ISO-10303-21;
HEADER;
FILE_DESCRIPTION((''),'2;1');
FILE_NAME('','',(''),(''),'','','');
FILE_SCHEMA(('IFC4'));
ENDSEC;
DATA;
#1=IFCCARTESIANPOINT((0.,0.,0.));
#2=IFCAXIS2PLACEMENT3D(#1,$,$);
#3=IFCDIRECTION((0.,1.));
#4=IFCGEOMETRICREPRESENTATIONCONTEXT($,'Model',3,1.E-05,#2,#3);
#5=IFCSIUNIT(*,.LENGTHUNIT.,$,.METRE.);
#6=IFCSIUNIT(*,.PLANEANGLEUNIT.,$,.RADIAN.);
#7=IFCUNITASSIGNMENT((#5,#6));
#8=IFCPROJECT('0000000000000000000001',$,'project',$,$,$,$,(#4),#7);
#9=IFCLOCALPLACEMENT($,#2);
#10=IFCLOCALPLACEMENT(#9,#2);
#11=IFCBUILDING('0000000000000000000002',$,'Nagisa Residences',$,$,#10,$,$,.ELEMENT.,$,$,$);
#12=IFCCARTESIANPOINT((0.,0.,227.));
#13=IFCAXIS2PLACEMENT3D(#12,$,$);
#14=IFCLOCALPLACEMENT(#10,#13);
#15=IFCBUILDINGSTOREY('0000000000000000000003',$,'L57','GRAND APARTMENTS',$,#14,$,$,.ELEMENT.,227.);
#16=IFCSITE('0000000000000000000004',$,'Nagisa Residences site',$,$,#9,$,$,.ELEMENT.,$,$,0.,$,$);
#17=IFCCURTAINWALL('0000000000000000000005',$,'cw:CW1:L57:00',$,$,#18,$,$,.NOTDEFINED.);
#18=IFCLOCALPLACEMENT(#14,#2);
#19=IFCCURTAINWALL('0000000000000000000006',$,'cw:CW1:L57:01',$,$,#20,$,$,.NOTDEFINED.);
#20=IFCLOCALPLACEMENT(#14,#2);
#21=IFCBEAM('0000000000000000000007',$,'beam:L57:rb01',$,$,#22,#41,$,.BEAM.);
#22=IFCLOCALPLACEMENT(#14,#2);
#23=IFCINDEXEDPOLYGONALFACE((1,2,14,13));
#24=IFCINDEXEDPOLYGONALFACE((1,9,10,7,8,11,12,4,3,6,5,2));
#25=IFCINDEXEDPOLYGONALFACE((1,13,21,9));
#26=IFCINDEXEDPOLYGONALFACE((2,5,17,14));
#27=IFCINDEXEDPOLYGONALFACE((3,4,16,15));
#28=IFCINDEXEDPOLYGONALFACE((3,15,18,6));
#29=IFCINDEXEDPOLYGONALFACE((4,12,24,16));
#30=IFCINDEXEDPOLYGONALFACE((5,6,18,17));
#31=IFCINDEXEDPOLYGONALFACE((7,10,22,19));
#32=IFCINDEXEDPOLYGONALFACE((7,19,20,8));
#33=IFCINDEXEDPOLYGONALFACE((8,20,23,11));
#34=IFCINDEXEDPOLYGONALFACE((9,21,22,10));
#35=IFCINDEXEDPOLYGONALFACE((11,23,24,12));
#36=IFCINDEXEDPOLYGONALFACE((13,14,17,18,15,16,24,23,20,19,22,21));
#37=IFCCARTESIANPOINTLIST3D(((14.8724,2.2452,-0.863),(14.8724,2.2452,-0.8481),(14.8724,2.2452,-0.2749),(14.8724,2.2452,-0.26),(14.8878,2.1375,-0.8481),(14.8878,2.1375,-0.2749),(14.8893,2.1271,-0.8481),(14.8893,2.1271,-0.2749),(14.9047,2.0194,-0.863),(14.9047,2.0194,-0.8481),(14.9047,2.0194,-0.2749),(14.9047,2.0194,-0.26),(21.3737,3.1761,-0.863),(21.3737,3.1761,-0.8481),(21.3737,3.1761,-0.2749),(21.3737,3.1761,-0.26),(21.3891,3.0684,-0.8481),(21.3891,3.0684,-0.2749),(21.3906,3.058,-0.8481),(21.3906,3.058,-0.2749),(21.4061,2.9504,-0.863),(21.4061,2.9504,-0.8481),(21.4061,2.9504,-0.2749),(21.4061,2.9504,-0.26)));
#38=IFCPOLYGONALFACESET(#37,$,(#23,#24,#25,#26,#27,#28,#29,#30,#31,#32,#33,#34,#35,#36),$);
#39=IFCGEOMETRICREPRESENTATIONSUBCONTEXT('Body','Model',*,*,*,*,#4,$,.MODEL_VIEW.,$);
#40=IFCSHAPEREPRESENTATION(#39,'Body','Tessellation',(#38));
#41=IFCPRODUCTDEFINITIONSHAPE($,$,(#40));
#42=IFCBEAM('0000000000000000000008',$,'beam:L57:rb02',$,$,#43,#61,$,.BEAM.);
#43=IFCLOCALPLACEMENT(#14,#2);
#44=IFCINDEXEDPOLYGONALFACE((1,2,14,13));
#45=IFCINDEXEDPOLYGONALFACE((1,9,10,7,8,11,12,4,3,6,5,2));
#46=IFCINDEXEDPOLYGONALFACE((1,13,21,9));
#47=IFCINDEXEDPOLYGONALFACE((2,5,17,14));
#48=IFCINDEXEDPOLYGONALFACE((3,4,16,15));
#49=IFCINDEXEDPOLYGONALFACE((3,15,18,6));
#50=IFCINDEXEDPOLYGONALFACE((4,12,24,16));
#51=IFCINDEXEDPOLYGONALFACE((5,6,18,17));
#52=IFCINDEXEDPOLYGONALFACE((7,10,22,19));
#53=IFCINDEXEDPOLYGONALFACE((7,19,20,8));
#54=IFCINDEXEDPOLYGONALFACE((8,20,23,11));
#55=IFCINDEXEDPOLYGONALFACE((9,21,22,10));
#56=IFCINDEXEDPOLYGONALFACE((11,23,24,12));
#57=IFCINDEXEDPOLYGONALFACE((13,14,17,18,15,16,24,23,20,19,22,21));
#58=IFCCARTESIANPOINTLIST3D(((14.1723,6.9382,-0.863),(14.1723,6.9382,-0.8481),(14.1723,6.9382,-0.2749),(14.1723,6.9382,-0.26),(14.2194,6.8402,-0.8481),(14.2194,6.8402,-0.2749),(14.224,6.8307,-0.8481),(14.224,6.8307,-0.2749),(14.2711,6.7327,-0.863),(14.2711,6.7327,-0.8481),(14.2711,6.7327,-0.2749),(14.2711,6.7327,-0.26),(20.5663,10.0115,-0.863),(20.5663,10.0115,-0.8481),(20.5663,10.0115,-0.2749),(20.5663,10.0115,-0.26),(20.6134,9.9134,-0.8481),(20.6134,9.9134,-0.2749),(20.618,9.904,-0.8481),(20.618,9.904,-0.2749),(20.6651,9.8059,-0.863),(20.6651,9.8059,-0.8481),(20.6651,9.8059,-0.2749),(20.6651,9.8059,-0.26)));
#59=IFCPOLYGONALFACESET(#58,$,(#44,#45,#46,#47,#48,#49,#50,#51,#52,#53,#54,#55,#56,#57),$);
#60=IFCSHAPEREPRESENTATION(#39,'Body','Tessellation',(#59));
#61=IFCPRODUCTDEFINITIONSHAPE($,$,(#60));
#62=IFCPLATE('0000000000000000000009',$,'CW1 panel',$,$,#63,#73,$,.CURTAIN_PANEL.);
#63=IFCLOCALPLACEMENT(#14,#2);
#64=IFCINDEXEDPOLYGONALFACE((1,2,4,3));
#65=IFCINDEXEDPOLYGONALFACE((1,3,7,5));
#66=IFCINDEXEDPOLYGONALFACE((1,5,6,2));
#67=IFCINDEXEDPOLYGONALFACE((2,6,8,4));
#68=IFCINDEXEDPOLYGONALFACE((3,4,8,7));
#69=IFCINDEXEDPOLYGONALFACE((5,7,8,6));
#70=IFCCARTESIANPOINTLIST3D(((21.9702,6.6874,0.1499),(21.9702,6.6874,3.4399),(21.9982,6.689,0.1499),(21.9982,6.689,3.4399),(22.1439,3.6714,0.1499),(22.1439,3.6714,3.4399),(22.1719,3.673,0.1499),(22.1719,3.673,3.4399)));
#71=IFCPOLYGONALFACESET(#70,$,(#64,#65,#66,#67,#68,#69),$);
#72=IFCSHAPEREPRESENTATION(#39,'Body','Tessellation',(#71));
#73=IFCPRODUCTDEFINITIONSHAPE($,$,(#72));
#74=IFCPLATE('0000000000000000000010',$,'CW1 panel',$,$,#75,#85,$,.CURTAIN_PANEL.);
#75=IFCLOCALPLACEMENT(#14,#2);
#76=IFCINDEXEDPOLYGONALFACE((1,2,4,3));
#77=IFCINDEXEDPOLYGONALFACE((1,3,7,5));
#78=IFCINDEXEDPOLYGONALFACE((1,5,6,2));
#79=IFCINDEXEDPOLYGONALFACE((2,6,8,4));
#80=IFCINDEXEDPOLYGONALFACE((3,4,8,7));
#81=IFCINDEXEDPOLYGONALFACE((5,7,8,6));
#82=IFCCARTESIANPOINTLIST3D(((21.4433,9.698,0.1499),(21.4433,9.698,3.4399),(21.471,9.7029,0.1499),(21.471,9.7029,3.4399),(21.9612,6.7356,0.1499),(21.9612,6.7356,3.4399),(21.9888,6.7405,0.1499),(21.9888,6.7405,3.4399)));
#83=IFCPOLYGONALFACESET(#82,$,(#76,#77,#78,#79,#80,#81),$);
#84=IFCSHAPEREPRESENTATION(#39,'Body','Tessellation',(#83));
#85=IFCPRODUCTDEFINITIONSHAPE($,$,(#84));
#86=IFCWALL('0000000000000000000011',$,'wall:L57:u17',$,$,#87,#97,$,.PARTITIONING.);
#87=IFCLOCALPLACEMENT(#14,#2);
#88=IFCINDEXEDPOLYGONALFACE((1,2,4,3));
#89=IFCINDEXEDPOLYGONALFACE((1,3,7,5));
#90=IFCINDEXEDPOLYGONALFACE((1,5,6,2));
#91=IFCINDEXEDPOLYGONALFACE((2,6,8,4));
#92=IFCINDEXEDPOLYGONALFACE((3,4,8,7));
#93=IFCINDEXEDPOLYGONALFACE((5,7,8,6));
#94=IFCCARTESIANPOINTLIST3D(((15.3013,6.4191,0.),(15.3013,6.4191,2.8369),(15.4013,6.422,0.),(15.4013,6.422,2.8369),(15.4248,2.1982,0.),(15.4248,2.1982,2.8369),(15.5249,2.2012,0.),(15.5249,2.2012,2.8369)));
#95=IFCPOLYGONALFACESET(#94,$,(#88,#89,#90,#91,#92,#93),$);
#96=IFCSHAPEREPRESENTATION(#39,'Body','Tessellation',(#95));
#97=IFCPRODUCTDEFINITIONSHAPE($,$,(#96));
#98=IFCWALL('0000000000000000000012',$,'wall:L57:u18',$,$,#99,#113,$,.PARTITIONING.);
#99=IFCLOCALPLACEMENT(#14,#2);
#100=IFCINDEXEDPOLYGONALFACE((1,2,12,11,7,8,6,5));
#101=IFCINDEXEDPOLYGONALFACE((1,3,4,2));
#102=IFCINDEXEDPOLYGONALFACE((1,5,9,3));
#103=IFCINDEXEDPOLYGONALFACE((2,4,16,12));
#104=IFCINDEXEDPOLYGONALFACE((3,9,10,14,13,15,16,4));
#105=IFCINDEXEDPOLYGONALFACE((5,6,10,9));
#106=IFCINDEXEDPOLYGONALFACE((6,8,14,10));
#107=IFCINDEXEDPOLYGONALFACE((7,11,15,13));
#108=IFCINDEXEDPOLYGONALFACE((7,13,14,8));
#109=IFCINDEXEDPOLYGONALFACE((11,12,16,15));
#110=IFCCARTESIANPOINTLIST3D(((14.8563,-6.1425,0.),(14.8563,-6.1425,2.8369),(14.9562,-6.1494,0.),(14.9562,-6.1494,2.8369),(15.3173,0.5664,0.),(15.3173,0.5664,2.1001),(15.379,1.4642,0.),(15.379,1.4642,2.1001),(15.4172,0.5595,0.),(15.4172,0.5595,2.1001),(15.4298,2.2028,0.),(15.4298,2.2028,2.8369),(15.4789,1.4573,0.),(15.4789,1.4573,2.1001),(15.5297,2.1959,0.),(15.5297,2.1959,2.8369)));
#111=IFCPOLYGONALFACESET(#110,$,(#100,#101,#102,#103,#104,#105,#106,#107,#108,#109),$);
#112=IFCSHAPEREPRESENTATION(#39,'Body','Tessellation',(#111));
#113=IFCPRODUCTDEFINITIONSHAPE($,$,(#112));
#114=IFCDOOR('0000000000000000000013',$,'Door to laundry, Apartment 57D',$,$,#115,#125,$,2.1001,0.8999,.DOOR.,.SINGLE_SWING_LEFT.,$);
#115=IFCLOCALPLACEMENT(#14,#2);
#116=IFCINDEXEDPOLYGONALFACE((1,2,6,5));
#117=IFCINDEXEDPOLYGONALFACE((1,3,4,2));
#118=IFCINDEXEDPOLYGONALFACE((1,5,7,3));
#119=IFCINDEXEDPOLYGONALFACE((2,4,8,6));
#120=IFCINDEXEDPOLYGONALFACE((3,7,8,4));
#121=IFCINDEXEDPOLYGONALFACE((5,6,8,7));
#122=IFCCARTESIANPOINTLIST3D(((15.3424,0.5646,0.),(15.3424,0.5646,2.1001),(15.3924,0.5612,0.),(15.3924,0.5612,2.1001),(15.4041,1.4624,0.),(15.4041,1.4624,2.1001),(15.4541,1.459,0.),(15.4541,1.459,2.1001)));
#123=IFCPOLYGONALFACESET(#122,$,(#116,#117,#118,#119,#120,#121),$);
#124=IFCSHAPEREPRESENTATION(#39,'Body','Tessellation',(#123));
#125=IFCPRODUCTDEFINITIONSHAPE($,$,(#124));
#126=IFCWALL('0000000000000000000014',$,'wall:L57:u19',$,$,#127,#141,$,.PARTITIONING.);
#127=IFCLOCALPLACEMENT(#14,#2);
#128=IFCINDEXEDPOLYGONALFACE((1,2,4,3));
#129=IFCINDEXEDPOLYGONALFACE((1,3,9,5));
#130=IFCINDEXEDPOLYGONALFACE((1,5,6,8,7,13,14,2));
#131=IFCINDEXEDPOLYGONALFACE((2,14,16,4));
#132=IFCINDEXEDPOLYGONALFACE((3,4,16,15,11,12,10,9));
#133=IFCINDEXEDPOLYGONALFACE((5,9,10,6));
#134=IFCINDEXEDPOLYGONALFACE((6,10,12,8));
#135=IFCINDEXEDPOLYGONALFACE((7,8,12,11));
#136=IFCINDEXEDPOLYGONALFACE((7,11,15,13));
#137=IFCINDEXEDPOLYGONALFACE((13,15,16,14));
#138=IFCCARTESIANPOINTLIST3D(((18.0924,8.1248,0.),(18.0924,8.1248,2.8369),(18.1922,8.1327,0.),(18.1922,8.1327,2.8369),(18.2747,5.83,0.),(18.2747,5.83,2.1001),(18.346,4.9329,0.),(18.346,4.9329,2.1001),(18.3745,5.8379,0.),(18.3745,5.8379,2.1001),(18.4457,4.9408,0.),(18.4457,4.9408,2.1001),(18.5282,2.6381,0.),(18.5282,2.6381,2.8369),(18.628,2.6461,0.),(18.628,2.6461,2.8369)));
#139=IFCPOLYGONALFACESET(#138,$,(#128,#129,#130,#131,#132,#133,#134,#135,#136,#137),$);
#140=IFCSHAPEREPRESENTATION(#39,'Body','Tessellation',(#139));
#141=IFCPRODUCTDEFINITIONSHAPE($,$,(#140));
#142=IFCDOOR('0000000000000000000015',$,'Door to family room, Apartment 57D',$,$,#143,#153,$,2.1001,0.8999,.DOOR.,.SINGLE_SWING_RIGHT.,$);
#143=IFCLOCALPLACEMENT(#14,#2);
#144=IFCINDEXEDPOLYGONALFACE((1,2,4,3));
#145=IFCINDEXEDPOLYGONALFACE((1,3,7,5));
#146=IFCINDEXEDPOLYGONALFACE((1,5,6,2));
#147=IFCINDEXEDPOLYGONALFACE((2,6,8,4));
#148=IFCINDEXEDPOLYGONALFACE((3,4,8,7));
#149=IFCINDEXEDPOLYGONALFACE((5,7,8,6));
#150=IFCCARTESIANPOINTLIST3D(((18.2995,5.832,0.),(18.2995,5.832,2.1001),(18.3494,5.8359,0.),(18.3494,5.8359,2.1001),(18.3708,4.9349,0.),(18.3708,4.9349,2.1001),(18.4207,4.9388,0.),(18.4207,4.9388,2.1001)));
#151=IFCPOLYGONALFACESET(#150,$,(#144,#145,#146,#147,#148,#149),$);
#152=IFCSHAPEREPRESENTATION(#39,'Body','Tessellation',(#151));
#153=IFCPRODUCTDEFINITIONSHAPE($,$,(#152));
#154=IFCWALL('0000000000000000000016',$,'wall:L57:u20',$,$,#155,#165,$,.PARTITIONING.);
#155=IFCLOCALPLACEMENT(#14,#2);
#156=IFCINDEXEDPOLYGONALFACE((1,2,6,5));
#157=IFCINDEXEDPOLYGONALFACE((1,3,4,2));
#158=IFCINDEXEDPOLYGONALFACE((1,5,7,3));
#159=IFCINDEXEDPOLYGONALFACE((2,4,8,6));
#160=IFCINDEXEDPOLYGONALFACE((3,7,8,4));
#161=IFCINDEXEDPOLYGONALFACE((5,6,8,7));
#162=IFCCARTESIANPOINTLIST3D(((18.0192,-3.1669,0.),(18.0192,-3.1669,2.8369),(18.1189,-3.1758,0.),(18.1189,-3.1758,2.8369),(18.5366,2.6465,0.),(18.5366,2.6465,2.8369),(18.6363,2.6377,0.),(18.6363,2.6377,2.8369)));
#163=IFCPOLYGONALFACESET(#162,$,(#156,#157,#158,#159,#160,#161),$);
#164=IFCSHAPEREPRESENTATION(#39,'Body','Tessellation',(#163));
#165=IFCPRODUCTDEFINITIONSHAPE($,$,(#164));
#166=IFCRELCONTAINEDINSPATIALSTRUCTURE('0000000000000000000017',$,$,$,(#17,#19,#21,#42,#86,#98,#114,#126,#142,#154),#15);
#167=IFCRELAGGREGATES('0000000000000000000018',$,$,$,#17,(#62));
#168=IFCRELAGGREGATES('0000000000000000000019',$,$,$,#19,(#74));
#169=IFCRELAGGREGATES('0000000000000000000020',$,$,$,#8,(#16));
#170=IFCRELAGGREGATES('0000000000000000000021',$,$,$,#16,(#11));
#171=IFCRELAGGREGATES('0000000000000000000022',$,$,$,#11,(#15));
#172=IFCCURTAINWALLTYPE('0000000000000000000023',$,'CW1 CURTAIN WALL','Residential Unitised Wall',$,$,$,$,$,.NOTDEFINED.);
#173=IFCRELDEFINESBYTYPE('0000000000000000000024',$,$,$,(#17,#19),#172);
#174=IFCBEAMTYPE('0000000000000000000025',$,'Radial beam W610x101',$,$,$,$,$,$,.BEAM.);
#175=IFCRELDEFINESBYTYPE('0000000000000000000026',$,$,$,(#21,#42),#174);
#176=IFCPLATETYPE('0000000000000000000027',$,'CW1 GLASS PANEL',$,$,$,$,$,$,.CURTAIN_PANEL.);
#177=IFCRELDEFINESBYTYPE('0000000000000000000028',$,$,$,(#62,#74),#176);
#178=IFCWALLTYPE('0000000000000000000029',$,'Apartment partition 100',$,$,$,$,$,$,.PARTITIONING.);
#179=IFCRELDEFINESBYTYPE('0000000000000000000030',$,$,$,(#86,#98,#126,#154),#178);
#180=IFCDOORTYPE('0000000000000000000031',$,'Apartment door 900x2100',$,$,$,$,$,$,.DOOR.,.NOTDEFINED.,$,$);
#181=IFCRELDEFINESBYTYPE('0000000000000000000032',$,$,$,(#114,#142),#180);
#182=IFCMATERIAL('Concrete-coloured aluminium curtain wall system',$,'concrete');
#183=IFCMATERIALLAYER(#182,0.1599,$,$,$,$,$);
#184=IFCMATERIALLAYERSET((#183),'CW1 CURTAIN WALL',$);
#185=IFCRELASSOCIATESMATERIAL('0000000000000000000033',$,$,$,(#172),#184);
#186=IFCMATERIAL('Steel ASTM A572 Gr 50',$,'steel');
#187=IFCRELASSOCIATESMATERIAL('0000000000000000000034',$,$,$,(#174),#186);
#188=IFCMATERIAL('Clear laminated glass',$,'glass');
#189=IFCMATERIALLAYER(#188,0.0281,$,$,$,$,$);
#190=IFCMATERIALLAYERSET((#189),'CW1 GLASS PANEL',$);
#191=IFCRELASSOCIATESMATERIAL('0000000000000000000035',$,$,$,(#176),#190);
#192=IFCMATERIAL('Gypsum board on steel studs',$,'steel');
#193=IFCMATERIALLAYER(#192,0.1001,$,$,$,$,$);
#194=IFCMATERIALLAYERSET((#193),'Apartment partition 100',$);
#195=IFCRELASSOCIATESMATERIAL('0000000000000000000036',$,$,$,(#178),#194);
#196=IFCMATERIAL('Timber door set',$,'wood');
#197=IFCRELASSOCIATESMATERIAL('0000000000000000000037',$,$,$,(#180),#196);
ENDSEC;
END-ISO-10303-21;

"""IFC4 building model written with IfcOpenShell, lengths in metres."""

from ifc_helpers import new_model, si_unit, direction, frame, frame_2d, origin, origin_2d, place, context, subcontext, project, spatial, rectangle, i_section, extrude, material, layer, layer_set, material_profile, profile_set, type_object, element, fill, aggregate, save


model = new_model("IFC4")

# Units and contexts
model_context = context("Model", 3, precision=1e-05, world=origin(), true_north=direction((0.0, 1.0)))
body_context = subcontext(model_context, "Body", "Model", "MODEL_VIEW")
ifc_project = project(units=[si_unit("LENGTHUNIT", "METRE"), si_unit("PLANEANGLEUNIT", "RADIAN")], contexts=[model_context])

# Site, building, storey
site_placement = place(None, origin())
site = spatial("IfcSite", under=ifc_project, at=site_placement, Name="Nagisa Residences site", CompositionType="ELEMENT", RefElevation=0.0)
building_placement = place(site_placement, origin())
building = spatial("IfcBuilding", under=site, at=building_placement, Name="Nagisa Residences", CompositionType="ELEMENT")
storey_placement = place(building_placement, frame((0.0, 0.0, 227.0)))
storey = spatial("IfcBuildingStorey", under=building, at=storey_placement, Name="L57", Description="GRAND APARTMENTS", CompositionType="ELEMENT", Elevation=227.0)

# Curtain walls
ifc_material_1 = material(Name="Concrete-coloured aluminium curtain wall system", Category="concrete")
ifc_layer_1 = layer(ifc_material_1, 0.1599)
ifc_layer_set_1 = layer_set([ifc_layer_1], Name="CW1 CURTAIN WALL")
curtain_wall_type = type_object("IfcCurtainWallType", Name="CW1 CURTAIN WALL", Description="Residential Unitised Wall", PredefinedType="NOTDEFINED", material=ifc_layer_set_1)
curtain_wall_1_placement = place(storey_placement, origin())
curtain_wall_1 = element("IfcCurtainWall", 1, at=curtain_wall_1_placement, inside=storey, type_object=curtain_wall_type, Name="cw:CW1:L57:00", PredefinedType="NOTDEFINED")
curtain_wall_2_placement = place(storey_placement, origin())
curtain_wall_2 = element("IfcCurtainWall", 2, at=curtain_wall_2_placement, inside=storey, type_object=curtain_wall_type, Name="cw:CW1:L57:01", PredefinedType="NOTDEFINED")

# Beams
ifc_material_2 = material(Name="Steel ASTM A572 Gr 50", Category="steel")
ifc_material_profile_1 = material_profile(ifc_material_2, i_section(OverallWidth=0.228, OverallDepth=0.603, WebThickness=0.0105, FlangeThickness=0.0149, at=origin_2d()), Name="W610x101")
ifc_profile_set_1 = profile_set([ifc_material_profile_1], Name="Steel ASTM A572 Gr 50")
beam_type_1 = type_object("IfcBeamType", Name="Radial beam W610x101", PredefinedType="BEAM", material=ifc_profile_set_1)
beam_1_placement = place(storey_placement, frame((21.3899, 3.0632, -0.5615), z_axis=(-0.989903, -0.141744, 0.0), x_axis=(0.141744, -0.989903, 0.0)))
element("IfcBeam", 3, at=beam_1_placement, inside=storey, type_object=beam_type_1, Name="beam:L57:rb01", PredefinedType="BEAM", context=body_context, shape_type="SweptSolid", body=[
    extrude(i_section(OverallWidth=0.228, OverallDepth=0.603, WebThickness=0.0105, FlangeThickness=0.0149, at=origin_2d()), origin(), (0.0, 0.0, 1.0), 6.5676),
])
beam_2_placement = place(storey_placement, frame((20.6157, 9.9087, -0.5615), z_axis=(-0.901297, -0.433201, 0.0), x_axis=(0.433201, -0.901297, 0.0)))
element("IfcBeam", 4, at=beam_2_placement, inside=storey, type_object=beam_type_1, Name="beam:L57:rb02", PredefinedType="BEAM", context=body_context, shape_type="SweptSolid", body=[
    extrude(i_section(OverallWidth=0.228, OverallDepth=0.603, WebThickness=0.0105, FlangeThickness=0.0149, at=origin_2d()), origin(), (0.0, 0.0, 1.0), 7.0942),
])

# Plates
ifc_material_3 = material(Name="Clear laminated glass", Category="glass")
ifc_layer_2 = layer(ifc_material_3, 0.0281)
ifc_layer_set_2 = layer_set([ifc_layer_2], Name="CW1 GLASS PANEL")
plate_type = type_object("IfcPlateType", Name="CW1 GLASS PANEL", PredefinedType="CURTAIN_PANEL", material=ifc_layer_set_2)
plate_1_placement = place(storey_placement, frame((22.071, 5.1802, 0.1499), z_axis=(0.0, 0.0, 1.0), x_axis=(-0.057503, 0.998345, 0.0)))
plate_1 = element("IfcPlate", 5, at=plate_1_placement, type_object=plate_type, Name="CW1 panel", PredefinedType="CURTAIN_PANEL", context=body_context, shape_type="SweptSolid", body=[
    extrude(rectangle(XDim=3.021, YDim=0.0281, at=origin_2d()), origin(), (0.0, 0.0, 1.0), 3.29),
])
aggregate(curtain_wall_1, [plate_1])
plate_2_placement = place(storey_placement, frame((21.7161, 8.2192, 0.1499), z_axis=(0.0, 0.0, 1.0), x_axis=(-0.172191, 0.985064, 0.0)))
plate_2 = element("IfcPlate", 6, at=plate_2_placement, type_object=plate_type, Name="CW1 panel", PredefinedType="CURTAIN_PANEL", context=body_context, shape_type="SweptSolid", body=[
    extrude(rectangle(XDim=3.0073, YDim=0.0281, at=origin_2d()), origin(), (0.0, 0.0, 1.0), 3.29),
])
aggregate(curtain_wall_2, [plate_2])

# Wall
ifc_material_4 = material(Name="Gypsum board on steel studs", Category="steel")
ifc_layer_3 = layer(ifc_material_4, 0.1001)
ifc_layer_set_3 = layer_set([ifc_layer_3], Name="Apartment partition 100")
wall_type_1 = type_object("IfcWallType", Name="Apartment partition 100", PredefinedType="PARTITIONING", material=ifc_layer_set_3)
wall_1_placement = place(storey_placement, frame((15.4749, 2.1997, 0.0), z_axis=(0.0, 0.0, 1.0), x_axis=(-0.029255, 0.999572, 0.0)))
element("IfcWall", 7, at=wall_1_placement, inside=storey, type_object=wall_type_1, Name="wall:L57:u17", PredefinedType="PARTITIONING", context=body_context, shape_type="SweptSolid", body=[
    extrude(rectangle(XDim=4.2227, YDim=0.1001, at=frame_2d((2.1113, 0.0))), origin(), (0.0, 0.0, 1.0), 2.8369),
])

# Walls, openings, doors
wall_2_placement = place(storey_placement, frame((15.4797, 2.1995, 0.0), z_axis=(0.0, 0.0, 1.0), x_axis=(-0.068559, -0.997647, 0.0)))
wall_2 = element("IfcWall", 8, at=wall_2_placement, inside=storey, type_object=wall_type_1, Name="wall:L57:u18", PredefinedType="PARTITIONING", context=body_context, shape_type="SweptSolid", body=[
    extrude(rectangle(XDim=8.365, YDim=0.1001, at=frame_2d((4.1826, 0.0))), origin(), (0.0, 0.0, 1.0), 2.8369),
])
opening_1_placement = place(wall_2_placement, frame((0.7405, 0.0, 0.0)))
opening_1 = element("IfcOpeningElement", 9, at=opening_1_placement, cuts=wall_2, PredefinedType="OPENING", context=body_context, shape_type="SweptSolid", body=[
    extrude(rectangle(XDim=0.8999, YDim=2.1001, at=frame_2d((0.45, 1.05))), frame((0.0, 0.0601, 0.0), z_axis=(0.0, -1.0, 0.0), x_axis=(1.0, 0.0, 0.0)), (0.0, 0.0, 1.0), 0.1201),
])
ifc_material_5 = material(Name="Timber door set", Category="wood")
door_type_1 = type_object("IfcDoorType", Name="Apartment door 900x2100", OperationType="NOTDEFINED", PredefinedType="DOOR", material=ifc_material_5)
door_1_placement = place(opening_1_placement, frame((0.8999, 0.0, 0.0), x_axis=(-1.0, 0.0, 0.0)))
door_1 = element("IfcDoor", 10, at=door_1_placement, inside=storey, type_object=door_type_1, Name="Door to laundry, Apartment 57D", OperationType="SINGLE_SWING_LEFT", OverallHeight=2.1001, OverallWidth=0.8999, PredefinedType="DOOR", context=body_context, shape_type="SweptSolid", body=[
    extrude(rectangle(XDim=0.8999, YDim=2.1001, at=frame_2d((0.45, 1.05))), frame((0.0, 0.0249, 0.0), z_axis=(0.0, -1.0, 0.0), x_axis=(1.0, 0.0, 0.0)), (0.0, 0.0, 1.0), 0.05),
])
fill(opening_1, door_1)
wall_3_placement = place(storey_placement, frame((18.5781, 2.6421, 0.0), z_axis=(0.0, 0.0, 1.0), x_axis=(-0.079179, 0.99686, 0.0)))
wall_3 = element("IfcWall", 11, at=wall_3_placement, inside=storey, type_object=wall_type_1, Name="wall:L57:u19", PredefinedType="PARTITIONING", context=body_context, shape_type="SweptSolid", body=[
    extrude(rectangle(XDim=5.5039, YDim=0.1001, at=frame_2d((2.752, 0.0))), origin(), (0.0, 0.0, 1.0), 2.8369),
])
opening_2_placement = place(wall_3_placement, frame((2.302, 0.0, 0.0)))
opening_2 = element("IfcOpeningElement", 12, at=opening_2_placement, cuts=wall_3, PredefinedType="OPENING", context=body_context, shape_type="SweptSolid", body=[
    extrude(rectangle(XDim=0.8999, YDim=2.1001, at=frame_2d((0.45, 1.05))), frame((0.0, 0.0601, 0.0), z_axis=(0.0, -1.0, 0.0), x_axis=(1.0, 0.0, 0.0)), (0.0, 0.0, 1.0), 0.1201),
])
door_2_placement = place(opening_2_placement, frame((0.8999, 0.0, 0.0), x_axis=(-1.0, 0.0, 0.0)))
door_2 = element("IfcDoor", 13, at=door_2_placement, inside=storey, type_object=door_type_1, Name="Door to family room, Apartment 57D", OperationType="SINGLE_SWING_RIGHT", OverallHeight=2.1001, OverallWidth=0.8999, PredefinedType="DOOR", context=body_context, shape_type="SweptSolid", body=[
    extrude(rectangle(XDim=0.8999, YDim=2.1001, at=frame_2d((0.45, 1.05))), frame((0.0, 0.0249, 0.0), z_axis=(0.0, -1.0, 0.0), x_axis=(1.0, 0.0, 0.0)), (0.0, 0.0, 1.0), 0.05),
])
fill(opening_2, door_2)

# Wall
wall_4_placement = place(storey_placement, frame((18.5864, 2.6421, 0.0), z_axis=(0.0, 0.0, 1.0), x_axis=(-0.088638, -0.996064, 0.0)))
element("IfcWall", 14, at=wall_4_placement, inside=storey, type_object=wall_type_1, Name="wall:L57:u20", PredefinedType="PARTITIONING", context=body_context, shape_type="SweptSolid", body=[
    extrude(rectangle(XDim=5.8364, YDim=0.1001, at=frame_2d((2.9182, 0.0))), origin(), (0.0, 0.0, 1.0), 2.8369),
])

save(model, "model.ifc")
